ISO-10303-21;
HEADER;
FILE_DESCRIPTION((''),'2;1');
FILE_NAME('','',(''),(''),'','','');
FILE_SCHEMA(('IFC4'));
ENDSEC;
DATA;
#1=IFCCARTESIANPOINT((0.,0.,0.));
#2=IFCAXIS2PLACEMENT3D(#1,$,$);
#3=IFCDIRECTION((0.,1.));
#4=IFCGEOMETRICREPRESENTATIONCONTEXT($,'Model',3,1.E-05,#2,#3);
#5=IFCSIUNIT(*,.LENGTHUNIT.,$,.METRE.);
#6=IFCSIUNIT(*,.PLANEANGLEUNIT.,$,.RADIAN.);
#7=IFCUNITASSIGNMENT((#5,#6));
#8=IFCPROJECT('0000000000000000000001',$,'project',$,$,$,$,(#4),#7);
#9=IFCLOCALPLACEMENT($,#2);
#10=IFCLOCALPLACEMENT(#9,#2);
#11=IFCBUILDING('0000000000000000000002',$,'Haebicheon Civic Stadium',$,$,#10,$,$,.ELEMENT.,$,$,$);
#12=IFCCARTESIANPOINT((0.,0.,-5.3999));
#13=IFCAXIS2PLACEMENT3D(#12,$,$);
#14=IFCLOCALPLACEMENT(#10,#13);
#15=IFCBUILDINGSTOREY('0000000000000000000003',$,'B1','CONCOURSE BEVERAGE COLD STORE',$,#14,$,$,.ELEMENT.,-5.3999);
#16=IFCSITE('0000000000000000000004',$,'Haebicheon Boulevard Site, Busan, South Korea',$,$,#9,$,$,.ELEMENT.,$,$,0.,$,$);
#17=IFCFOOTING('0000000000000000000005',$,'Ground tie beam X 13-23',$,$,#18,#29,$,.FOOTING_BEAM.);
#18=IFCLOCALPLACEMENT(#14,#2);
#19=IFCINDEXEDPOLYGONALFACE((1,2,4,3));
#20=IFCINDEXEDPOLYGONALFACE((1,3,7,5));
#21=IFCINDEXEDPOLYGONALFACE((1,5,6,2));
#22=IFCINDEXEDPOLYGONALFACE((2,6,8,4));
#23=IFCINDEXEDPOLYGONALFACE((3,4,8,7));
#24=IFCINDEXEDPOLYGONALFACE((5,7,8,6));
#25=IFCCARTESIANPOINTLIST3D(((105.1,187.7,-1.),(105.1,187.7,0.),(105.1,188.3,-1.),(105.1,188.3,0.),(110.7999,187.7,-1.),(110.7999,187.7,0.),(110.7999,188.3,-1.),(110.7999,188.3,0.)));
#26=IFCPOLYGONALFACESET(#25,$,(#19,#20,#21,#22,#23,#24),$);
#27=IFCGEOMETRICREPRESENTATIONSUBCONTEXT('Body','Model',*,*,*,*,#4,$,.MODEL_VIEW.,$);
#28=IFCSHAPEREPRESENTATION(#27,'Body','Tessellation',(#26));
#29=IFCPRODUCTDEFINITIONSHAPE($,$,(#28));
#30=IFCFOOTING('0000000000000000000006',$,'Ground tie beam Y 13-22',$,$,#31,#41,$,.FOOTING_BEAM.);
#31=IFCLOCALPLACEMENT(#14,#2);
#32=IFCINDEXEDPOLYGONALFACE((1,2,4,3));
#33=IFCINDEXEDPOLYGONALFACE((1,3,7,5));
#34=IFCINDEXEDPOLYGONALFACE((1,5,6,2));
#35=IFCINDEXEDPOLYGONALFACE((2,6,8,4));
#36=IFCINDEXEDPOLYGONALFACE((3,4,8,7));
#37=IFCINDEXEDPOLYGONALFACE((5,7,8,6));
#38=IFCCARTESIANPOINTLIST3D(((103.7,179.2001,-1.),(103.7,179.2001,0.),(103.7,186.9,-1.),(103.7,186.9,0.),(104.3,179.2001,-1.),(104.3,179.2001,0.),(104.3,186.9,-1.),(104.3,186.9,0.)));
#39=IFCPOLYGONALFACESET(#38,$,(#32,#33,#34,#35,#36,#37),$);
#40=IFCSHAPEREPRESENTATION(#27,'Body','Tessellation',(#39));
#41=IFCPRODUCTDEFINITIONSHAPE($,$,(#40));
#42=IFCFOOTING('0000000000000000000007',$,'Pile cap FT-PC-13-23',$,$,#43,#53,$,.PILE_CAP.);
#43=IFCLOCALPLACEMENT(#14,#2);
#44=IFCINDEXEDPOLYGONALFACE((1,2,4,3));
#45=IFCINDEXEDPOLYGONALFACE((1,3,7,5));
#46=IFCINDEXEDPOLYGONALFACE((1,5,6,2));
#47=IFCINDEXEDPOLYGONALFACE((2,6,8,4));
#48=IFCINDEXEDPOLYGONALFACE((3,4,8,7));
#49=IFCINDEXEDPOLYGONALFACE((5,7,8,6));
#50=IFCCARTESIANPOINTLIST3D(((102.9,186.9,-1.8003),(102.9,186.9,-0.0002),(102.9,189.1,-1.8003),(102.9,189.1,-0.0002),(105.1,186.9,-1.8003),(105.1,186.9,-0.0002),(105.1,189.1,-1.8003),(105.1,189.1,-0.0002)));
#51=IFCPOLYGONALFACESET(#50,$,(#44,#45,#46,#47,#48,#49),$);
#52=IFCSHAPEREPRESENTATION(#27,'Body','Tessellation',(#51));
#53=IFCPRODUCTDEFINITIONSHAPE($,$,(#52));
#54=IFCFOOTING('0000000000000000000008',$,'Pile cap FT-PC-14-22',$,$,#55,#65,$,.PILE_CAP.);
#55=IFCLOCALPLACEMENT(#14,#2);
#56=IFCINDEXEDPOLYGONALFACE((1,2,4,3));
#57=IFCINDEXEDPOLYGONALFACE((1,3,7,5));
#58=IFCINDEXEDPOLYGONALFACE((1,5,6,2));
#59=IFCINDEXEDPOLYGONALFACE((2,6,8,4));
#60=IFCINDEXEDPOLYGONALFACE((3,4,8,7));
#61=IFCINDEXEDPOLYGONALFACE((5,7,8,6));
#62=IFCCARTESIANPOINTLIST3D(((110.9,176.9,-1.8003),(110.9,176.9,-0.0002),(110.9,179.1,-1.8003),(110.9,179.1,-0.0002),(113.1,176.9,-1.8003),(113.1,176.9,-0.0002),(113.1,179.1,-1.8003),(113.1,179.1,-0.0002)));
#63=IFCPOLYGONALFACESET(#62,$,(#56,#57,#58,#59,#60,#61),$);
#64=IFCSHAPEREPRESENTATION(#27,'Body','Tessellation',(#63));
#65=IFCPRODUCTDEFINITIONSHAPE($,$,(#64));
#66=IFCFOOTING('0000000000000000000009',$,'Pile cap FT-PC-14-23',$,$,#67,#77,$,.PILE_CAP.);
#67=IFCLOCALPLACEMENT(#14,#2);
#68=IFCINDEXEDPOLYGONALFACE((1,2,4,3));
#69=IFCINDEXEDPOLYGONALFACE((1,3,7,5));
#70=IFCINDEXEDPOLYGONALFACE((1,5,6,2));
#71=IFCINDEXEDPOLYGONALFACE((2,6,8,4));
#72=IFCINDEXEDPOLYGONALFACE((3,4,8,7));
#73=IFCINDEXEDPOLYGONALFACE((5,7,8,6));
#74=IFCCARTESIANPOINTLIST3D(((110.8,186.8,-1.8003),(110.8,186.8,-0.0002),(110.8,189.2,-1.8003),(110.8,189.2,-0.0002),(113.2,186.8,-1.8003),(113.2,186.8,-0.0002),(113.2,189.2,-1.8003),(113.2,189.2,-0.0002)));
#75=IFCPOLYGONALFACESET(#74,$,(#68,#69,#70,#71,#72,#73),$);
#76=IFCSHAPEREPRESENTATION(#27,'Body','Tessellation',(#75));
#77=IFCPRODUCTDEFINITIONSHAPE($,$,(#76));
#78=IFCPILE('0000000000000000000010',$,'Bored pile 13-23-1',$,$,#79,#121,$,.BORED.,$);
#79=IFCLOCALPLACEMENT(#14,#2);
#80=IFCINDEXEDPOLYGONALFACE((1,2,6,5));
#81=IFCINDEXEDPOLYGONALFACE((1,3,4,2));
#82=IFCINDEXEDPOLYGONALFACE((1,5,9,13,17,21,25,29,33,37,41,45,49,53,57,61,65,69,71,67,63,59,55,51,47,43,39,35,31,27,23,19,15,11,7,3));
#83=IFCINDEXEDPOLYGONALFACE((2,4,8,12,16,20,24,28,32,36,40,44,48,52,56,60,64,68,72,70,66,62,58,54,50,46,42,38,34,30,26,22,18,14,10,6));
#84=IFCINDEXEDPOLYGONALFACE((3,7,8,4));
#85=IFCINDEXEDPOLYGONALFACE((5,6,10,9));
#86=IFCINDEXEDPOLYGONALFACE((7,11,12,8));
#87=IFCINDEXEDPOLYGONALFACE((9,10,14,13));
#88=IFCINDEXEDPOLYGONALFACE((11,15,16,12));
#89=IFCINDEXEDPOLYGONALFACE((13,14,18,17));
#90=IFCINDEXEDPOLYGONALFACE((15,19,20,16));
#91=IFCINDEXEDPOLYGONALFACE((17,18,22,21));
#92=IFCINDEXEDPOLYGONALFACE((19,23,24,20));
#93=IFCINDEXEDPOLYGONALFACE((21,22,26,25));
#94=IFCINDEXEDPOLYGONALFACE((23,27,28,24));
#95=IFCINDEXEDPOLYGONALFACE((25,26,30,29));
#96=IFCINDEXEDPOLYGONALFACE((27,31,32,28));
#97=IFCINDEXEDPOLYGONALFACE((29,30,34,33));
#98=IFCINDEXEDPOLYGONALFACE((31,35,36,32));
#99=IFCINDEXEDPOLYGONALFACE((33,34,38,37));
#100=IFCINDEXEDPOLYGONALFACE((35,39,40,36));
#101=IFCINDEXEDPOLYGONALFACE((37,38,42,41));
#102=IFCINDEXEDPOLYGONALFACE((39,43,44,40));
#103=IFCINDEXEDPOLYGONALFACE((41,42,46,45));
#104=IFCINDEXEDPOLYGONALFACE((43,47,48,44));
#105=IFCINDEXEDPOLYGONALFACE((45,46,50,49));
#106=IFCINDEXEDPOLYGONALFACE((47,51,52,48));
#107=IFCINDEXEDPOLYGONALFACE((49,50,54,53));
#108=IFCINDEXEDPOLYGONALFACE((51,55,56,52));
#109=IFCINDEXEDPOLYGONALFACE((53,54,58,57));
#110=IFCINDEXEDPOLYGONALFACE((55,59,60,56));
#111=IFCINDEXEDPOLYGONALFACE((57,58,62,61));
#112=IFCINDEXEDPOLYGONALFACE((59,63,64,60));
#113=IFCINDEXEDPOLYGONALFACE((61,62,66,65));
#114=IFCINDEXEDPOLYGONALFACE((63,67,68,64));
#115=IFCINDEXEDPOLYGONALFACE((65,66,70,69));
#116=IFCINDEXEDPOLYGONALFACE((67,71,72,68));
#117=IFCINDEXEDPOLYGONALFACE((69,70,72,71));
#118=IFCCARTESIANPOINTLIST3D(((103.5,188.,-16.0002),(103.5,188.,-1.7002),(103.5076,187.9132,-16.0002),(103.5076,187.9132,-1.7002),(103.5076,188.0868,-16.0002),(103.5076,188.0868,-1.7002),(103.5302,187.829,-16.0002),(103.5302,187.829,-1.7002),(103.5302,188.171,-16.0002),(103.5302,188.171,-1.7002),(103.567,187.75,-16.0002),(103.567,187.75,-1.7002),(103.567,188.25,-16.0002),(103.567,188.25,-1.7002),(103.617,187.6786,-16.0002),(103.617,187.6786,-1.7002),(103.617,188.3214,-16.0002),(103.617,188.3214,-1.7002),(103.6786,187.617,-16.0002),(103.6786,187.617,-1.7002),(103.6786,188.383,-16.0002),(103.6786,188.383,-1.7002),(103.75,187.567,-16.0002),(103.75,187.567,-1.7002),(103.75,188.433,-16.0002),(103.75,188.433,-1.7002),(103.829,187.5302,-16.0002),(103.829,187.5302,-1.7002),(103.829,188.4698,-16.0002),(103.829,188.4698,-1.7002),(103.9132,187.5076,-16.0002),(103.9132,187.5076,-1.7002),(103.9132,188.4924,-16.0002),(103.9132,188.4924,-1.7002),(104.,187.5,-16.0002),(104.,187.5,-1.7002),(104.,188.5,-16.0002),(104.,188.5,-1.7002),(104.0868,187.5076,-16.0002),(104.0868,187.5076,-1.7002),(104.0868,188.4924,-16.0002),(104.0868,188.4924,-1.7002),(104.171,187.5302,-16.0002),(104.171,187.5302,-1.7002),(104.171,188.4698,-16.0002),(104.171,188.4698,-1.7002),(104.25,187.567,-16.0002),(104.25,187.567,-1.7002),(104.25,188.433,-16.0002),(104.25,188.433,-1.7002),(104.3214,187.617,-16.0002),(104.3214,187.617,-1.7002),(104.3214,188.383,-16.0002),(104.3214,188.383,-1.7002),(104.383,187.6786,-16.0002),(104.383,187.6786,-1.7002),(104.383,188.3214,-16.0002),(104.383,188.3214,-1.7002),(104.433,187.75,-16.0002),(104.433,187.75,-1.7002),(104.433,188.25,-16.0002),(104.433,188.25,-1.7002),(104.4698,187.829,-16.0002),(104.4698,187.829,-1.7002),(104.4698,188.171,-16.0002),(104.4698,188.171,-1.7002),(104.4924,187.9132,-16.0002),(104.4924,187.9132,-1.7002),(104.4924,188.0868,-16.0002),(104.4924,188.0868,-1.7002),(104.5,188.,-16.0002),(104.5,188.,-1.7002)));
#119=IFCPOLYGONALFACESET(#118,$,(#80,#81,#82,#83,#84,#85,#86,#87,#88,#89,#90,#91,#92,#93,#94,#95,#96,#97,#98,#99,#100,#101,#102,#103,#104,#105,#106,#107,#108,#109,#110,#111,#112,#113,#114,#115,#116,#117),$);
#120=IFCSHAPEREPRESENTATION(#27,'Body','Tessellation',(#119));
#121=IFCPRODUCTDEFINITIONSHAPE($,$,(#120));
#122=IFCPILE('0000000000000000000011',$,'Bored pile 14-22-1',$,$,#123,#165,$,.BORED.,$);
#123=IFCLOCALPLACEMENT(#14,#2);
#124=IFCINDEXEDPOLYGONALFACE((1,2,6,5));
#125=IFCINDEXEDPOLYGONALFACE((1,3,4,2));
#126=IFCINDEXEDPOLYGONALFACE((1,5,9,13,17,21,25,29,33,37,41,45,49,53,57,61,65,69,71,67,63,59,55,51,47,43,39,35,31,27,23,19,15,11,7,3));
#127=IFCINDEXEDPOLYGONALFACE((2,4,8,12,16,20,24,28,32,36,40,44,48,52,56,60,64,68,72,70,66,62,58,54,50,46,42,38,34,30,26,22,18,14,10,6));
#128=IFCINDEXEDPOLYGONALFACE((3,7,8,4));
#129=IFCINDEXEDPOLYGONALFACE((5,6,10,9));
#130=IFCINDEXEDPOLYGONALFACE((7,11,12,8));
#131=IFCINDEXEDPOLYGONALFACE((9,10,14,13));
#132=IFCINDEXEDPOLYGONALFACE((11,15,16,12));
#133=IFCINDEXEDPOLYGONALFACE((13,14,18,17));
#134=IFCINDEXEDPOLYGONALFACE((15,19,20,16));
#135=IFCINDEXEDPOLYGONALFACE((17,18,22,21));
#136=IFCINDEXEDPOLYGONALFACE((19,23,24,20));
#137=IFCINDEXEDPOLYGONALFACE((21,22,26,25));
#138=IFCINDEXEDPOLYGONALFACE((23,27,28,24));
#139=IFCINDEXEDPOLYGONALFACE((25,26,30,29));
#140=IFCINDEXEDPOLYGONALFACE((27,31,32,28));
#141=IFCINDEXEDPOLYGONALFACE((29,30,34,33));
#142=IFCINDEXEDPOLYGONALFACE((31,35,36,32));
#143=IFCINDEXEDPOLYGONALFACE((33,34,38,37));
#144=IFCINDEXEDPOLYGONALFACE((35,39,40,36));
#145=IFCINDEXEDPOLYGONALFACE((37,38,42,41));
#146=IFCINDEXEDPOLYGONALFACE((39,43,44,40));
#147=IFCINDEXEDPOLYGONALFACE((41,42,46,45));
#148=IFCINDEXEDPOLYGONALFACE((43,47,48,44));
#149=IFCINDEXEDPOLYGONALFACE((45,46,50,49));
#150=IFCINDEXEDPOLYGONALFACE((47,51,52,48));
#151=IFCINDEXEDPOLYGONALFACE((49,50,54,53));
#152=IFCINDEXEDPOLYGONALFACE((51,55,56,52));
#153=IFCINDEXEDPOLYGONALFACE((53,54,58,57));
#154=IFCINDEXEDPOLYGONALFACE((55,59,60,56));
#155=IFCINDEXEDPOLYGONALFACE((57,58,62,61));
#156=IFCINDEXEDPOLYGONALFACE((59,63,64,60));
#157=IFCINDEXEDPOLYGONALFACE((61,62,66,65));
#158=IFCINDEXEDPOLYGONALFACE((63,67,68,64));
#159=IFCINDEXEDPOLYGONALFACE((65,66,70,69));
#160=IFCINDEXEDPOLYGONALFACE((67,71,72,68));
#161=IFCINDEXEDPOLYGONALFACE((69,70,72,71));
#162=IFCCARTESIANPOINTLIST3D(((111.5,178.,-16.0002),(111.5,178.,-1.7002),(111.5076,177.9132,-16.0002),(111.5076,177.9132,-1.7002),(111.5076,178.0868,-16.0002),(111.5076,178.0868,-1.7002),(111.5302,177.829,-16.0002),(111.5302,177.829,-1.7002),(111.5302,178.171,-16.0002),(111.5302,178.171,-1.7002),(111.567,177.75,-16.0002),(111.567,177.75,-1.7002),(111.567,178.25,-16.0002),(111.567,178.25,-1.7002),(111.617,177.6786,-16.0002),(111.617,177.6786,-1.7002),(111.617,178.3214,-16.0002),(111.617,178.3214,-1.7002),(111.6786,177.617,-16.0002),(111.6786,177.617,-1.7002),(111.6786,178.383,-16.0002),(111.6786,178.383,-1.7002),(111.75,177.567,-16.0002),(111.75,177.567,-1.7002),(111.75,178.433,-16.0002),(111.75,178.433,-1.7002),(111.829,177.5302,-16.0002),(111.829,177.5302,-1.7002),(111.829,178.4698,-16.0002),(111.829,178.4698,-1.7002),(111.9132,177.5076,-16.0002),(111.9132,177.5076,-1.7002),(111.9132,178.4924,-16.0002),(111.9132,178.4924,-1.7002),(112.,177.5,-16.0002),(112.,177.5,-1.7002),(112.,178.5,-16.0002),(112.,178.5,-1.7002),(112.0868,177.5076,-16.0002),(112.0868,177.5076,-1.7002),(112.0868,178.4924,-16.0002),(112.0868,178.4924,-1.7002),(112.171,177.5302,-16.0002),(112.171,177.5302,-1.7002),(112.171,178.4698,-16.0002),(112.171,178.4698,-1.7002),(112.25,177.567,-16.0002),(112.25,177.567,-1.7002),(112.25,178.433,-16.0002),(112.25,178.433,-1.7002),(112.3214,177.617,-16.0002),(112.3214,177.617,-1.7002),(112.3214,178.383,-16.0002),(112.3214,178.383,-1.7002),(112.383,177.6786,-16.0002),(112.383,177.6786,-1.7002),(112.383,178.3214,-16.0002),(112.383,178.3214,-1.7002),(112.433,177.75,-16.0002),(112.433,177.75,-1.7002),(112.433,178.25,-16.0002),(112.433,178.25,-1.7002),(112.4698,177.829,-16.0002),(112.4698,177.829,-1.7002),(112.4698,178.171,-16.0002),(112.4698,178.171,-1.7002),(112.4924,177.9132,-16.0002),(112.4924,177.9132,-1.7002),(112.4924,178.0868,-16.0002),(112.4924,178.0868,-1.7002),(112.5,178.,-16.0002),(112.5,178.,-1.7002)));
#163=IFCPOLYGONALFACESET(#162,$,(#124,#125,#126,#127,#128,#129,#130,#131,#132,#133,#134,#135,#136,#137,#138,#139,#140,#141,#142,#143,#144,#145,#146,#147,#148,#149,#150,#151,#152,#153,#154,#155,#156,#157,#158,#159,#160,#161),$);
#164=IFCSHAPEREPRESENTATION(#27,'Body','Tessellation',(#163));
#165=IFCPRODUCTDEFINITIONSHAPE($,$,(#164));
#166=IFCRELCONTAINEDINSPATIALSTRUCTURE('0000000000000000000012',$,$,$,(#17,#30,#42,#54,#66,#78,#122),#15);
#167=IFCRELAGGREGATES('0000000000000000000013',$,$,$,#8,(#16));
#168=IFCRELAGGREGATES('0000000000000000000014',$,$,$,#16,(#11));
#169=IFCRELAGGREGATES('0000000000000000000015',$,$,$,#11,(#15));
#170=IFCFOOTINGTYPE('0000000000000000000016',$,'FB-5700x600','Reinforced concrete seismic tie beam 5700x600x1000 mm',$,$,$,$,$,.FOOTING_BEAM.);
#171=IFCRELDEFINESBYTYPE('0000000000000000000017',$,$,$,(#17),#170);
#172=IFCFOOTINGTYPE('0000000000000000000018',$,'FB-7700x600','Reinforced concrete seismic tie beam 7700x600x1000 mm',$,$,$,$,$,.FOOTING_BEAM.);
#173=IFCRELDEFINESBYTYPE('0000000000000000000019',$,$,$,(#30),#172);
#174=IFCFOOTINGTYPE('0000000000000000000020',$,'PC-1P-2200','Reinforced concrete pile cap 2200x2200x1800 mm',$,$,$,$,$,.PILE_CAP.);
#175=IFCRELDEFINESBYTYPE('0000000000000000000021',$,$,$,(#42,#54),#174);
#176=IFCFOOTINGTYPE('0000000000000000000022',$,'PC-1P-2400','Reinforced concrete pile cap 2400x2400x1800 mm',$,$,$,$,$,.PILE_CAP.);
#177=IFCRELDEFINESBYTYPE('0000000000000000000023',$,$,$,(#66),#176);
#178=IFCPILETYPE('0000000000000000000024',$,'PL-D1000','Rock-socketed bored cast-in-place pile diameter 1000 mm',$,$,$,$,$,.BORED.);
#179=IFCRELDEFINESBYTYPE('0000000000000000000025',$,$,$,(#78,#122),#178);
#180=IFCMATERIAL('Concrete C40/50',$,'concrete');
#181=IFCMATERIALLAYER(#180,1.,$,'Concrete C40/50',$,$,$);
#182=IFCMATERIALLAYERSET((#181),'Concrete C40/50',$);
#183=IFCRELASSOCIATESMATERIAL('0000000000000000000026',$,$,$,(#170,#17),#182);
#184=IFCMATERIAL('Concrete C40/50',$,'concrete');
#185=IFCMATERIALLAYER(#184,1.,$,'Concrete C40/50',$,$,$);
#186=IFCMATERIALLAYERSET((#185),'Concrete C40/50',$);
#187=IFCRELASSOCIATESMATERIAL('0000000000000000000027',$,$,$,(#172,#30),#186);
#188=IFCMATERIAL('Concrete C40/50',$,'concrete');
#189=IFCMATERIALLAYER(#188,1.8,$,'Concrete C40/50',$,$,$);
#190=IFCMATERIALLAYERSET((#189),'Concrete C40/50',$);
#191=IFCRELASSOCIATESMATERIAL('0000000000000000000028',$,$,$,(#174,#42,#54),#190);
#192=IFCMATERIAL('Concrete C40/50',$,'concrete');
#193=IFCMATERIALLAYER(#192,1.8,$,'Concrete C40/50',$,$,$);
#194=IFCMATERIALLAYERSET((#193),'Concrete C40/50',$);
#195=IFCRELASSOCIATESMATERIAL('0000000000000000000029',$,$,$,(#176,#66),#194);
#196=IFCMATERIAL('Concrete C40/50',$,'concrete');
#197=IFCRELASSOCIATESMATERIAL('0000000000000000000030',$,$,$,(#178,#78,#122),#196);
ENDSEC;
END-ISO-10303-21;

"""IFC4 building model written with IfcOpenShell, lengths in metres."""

from ifc_helpers import new_model, si_unit, direction, frame, origin, origin_2d, place, context, subcontext, project, spatial, rectangle, circle, extrude, material, layer, layer_set, material_profile, profile_set, type_object, element, save


model = new_model("IFC4")

# Units and contexts
model_context = context("Model", 3, precision=1e-05, world=origin(), true_north=direction((0.0, 1.0)))
body_context = subcontext(model_context, "Body", "Model", "MODEL_VIEW")
ifc_project = project(units=[si_unit("LENGTHUNIT", "METRE"), si_unit("PLANEANGLEUNIT", "RADIAN")], contexts=[model_context])

# Site, building, storey
site_placement = place(None, origin())
site = spatial("IfcSite", under=ifc_project, at=site_placement, Name="Haebicheon Boulevard Site, Busan, South Korea", CompositionType="ELEMENT", RefElevation=0.0)
building_placement = place(site_placement, origin())
building = spatial("IfcBuilding", under=site, at=building_placement, Name="Haebicheon Civic Stadium", CompositionType="ELEMENT")
storey_placement = place(building_placement, frame((0.0, 0.0, -5.3999)))
storey = spatial("IfcBuildingStorey", under=building, at=storey_placement, Name="B1", Description="CONCOURSE BEVERAGE COLD STORE", CompositionType="ELEMENT", Elevation=-5.3999)

# Footings
ifc_material_1 = material(Name="Concrete C40/50", Category="concrete")
ifc_layer_1 = layer(ifc_material_1, 1.0, Name="Concrete C40/50")
ifc_layer_set_1 = layer_set([ifc_layer_1], Name="Concrete C40/50")
footing_type_1 = type_object("IfcFootingType", Name="FB-5700x600", Description="Reinforced concrete seismic tie beam 5700x600x1000 mm", PredefinedType="FOOTING_BEAM", material=ifc_layer_set_1)
footing_1_placement = place(storey_placement, frame((107.95, 188.0, -1.0), z_axis=(0.0, 0.0, 1.0), x_axis=(1.0, 0.0, 0.0)))
element("IfcFooting", 1, at=footing_1_placement, inside=storey, type_object=footing_type_1, material=ifc_layer_set_1, Name="Ground tie beam X 13-23", PredefinedType="FOOTING_BEAM", context=body_context, shape_type="SweptSolid", body=[
    extrude(rectangle(XDim=5.7, YDim=0.6001, at=origin_2d()), origin(), (0.0, 0.0, 1.0), 1.0),
])
ifc_material_2 = material(Name="Concrete C40/50", Category="concrete")
ifc_layer_2 = layer(ifc_material_2, 1.0, Name="Concrete C40/50")
ifc_layer_set_2 = layer_set([ifc_layer_2], Name="Concrete C40/50")
footing_type_2 = type_object("IfcFootingType", Name="FB-7700x600", Description="Reinforced concrete seismic tie beam 7700x600x1000 mm", PredefinedType="FOOTING_BEAM", material=ifc_layer_set_2)
footing_2_placement = place(storey_placement, frame((104.0, 183.05, -1.0), z_axis=(0.0, 0.0, 1.0), x_axis=(0.0, 1.0, 0.0)))
element("IfcFooting", 2, at=footing_2_placement, inside=storey, type_object=footing_type_2, material=ifc_layer_set_2, Name="Ground tie beam Y 13-22", PredefinedType="FOOTING_BEAM", context=body_context, shape_type="SweptSolid", body=[
    extrude(rectangle(XDim=7.7, YDim=0.6001, at=origin_2d()), origin(), (0.0, 0.0, 1.0), 1.0),
])
ifc_material_3 = material(Name="Concrete C40/50", Category="concrete")
ifc_layer_3 = layer(ifc_material_3, 1.8, Name="Concrete C40/50")
ifc_layer_set_3 = layer_set([ifc_layer_3], Name="Concrete C40/50")
footing_type_3 = type_object("IfcFootingType", Name="PC-1P-2200", Description="Reinforced concrete pile cap 2200x2200x1800 mm", PredefinedType="PILE_CAP", material=ifc_layer_set_3)
for number, where, z_axis, x_axis, name in (
    (3, (104.0, 188.0, -1.8003), (0.0, 0.0, 1.0), (1.0, 0.0, 0.0), "Pile cap FT-PC-13-23"),
    (4, (112.0, 178.0, -1.8003), (0.0, 0.0, 1.0), (1.0, 0.0, 0.0), "Pile cap FT-PC-14-22"),
):
    element("IfcFooting", number, at=place(storey_placement, frame(where, z_axis=z_axis, x_axis=x_axis)), inside=storey, type_object=footing_type_3, material=ifc_layer_set_3, Name=name, PredefinedType="PILE_CAP", context=body_context, shape_type="SweptSolid", body=[
        extrude(rectangle(XDim=2.2, YDim=2.2, at=origin_2d()), origin(), (0.0, 0.0, 1.0), 1.8),
    ])
ifc_material_4 = material(Name="Concrete C40/50", Category="concrete")
ifc_layer_4 = layer(ifc_material_4, 1.8, Name="Concrete C40/50")
ifc_layer_set_4 = layer_set([ifc_layer_4], Name="Concrete C40/50")
footing_type_4 = type_object("IfcFootingType", Name="PC-1P-2400", Description="Reinforced concrete pile cap 2400x2400x1800 mm", PredefinedType="PILE_CAP", material=ifc_layer_set_4)
footing_3_placement = place(storey_placement, frame((112.0, 188.0, -1.8003), z_axis=(0.0, 0.0, 1.0), x_axis=(1.0, 0.0, 0.0)))
element("IfcFooting", 5, at=footing_3_placement, inside=storey, type_object=footing_type_4, material=ifc_layer_set_4, Name="Pile cap FT-PC-14-23", PredefinedType="PILE_CAP", context=body_context, shape_type="SweptSolid", body=[
    extrude(rectangle(XDim=2.3999, YDim=2.3999, at=origin_2d()), origin(), (0.0, 0.0, 1.0), 1.8),
])

# Piles
ifc_material_5 = material(Name="Concrete C40/50", Category="concrete")
ifc_material_profile_1 = material_profile(ifc_material_5, circle(Radius=0.5, at=origin_2d()), Name="PILE-D1000")
ifc_profile_set_1 = profile_set([ifc_material_profile_1], Name="Concrete C40/50")
pile_type_1 = type_object("IfcPileType", Name="PL-D1000", Description="Rock-socketed bored cast-in-place pile diameter 1000 mm", PredefinedType="BORED", material=ifc_profile_set_1)
for number, where, z_axis, x_axis, name in (
    (6, (104.0, 188.0, -1.7002), (0.0, 0.0, -1.0), (1.0, 0.0, 0.0), "Bored pile 13-23-1"),
    (7, (112.0, 178.0, -1.7002), (0.0, 0.0, -1.0), (1.0, 0.0, 0.0), "Bored pile 14-22-1"),
):
    element("IfcPile", number, at=place(storey_placement, frame(where, z_axis=z_axis, x_axis=x_axis)), inside=storey, type_object=pile_type_1, material=ifc_profile_set_1, Name=name, PredefinedType="BORED", context=body_context, shape_type="SweptSolid", body=[
        extrude(circle(Radius=0.5, at=origin_2d()), origin(), (0.0, 0.0, 1.0), 14.3),
    ])

save(model, "model.ifc")
